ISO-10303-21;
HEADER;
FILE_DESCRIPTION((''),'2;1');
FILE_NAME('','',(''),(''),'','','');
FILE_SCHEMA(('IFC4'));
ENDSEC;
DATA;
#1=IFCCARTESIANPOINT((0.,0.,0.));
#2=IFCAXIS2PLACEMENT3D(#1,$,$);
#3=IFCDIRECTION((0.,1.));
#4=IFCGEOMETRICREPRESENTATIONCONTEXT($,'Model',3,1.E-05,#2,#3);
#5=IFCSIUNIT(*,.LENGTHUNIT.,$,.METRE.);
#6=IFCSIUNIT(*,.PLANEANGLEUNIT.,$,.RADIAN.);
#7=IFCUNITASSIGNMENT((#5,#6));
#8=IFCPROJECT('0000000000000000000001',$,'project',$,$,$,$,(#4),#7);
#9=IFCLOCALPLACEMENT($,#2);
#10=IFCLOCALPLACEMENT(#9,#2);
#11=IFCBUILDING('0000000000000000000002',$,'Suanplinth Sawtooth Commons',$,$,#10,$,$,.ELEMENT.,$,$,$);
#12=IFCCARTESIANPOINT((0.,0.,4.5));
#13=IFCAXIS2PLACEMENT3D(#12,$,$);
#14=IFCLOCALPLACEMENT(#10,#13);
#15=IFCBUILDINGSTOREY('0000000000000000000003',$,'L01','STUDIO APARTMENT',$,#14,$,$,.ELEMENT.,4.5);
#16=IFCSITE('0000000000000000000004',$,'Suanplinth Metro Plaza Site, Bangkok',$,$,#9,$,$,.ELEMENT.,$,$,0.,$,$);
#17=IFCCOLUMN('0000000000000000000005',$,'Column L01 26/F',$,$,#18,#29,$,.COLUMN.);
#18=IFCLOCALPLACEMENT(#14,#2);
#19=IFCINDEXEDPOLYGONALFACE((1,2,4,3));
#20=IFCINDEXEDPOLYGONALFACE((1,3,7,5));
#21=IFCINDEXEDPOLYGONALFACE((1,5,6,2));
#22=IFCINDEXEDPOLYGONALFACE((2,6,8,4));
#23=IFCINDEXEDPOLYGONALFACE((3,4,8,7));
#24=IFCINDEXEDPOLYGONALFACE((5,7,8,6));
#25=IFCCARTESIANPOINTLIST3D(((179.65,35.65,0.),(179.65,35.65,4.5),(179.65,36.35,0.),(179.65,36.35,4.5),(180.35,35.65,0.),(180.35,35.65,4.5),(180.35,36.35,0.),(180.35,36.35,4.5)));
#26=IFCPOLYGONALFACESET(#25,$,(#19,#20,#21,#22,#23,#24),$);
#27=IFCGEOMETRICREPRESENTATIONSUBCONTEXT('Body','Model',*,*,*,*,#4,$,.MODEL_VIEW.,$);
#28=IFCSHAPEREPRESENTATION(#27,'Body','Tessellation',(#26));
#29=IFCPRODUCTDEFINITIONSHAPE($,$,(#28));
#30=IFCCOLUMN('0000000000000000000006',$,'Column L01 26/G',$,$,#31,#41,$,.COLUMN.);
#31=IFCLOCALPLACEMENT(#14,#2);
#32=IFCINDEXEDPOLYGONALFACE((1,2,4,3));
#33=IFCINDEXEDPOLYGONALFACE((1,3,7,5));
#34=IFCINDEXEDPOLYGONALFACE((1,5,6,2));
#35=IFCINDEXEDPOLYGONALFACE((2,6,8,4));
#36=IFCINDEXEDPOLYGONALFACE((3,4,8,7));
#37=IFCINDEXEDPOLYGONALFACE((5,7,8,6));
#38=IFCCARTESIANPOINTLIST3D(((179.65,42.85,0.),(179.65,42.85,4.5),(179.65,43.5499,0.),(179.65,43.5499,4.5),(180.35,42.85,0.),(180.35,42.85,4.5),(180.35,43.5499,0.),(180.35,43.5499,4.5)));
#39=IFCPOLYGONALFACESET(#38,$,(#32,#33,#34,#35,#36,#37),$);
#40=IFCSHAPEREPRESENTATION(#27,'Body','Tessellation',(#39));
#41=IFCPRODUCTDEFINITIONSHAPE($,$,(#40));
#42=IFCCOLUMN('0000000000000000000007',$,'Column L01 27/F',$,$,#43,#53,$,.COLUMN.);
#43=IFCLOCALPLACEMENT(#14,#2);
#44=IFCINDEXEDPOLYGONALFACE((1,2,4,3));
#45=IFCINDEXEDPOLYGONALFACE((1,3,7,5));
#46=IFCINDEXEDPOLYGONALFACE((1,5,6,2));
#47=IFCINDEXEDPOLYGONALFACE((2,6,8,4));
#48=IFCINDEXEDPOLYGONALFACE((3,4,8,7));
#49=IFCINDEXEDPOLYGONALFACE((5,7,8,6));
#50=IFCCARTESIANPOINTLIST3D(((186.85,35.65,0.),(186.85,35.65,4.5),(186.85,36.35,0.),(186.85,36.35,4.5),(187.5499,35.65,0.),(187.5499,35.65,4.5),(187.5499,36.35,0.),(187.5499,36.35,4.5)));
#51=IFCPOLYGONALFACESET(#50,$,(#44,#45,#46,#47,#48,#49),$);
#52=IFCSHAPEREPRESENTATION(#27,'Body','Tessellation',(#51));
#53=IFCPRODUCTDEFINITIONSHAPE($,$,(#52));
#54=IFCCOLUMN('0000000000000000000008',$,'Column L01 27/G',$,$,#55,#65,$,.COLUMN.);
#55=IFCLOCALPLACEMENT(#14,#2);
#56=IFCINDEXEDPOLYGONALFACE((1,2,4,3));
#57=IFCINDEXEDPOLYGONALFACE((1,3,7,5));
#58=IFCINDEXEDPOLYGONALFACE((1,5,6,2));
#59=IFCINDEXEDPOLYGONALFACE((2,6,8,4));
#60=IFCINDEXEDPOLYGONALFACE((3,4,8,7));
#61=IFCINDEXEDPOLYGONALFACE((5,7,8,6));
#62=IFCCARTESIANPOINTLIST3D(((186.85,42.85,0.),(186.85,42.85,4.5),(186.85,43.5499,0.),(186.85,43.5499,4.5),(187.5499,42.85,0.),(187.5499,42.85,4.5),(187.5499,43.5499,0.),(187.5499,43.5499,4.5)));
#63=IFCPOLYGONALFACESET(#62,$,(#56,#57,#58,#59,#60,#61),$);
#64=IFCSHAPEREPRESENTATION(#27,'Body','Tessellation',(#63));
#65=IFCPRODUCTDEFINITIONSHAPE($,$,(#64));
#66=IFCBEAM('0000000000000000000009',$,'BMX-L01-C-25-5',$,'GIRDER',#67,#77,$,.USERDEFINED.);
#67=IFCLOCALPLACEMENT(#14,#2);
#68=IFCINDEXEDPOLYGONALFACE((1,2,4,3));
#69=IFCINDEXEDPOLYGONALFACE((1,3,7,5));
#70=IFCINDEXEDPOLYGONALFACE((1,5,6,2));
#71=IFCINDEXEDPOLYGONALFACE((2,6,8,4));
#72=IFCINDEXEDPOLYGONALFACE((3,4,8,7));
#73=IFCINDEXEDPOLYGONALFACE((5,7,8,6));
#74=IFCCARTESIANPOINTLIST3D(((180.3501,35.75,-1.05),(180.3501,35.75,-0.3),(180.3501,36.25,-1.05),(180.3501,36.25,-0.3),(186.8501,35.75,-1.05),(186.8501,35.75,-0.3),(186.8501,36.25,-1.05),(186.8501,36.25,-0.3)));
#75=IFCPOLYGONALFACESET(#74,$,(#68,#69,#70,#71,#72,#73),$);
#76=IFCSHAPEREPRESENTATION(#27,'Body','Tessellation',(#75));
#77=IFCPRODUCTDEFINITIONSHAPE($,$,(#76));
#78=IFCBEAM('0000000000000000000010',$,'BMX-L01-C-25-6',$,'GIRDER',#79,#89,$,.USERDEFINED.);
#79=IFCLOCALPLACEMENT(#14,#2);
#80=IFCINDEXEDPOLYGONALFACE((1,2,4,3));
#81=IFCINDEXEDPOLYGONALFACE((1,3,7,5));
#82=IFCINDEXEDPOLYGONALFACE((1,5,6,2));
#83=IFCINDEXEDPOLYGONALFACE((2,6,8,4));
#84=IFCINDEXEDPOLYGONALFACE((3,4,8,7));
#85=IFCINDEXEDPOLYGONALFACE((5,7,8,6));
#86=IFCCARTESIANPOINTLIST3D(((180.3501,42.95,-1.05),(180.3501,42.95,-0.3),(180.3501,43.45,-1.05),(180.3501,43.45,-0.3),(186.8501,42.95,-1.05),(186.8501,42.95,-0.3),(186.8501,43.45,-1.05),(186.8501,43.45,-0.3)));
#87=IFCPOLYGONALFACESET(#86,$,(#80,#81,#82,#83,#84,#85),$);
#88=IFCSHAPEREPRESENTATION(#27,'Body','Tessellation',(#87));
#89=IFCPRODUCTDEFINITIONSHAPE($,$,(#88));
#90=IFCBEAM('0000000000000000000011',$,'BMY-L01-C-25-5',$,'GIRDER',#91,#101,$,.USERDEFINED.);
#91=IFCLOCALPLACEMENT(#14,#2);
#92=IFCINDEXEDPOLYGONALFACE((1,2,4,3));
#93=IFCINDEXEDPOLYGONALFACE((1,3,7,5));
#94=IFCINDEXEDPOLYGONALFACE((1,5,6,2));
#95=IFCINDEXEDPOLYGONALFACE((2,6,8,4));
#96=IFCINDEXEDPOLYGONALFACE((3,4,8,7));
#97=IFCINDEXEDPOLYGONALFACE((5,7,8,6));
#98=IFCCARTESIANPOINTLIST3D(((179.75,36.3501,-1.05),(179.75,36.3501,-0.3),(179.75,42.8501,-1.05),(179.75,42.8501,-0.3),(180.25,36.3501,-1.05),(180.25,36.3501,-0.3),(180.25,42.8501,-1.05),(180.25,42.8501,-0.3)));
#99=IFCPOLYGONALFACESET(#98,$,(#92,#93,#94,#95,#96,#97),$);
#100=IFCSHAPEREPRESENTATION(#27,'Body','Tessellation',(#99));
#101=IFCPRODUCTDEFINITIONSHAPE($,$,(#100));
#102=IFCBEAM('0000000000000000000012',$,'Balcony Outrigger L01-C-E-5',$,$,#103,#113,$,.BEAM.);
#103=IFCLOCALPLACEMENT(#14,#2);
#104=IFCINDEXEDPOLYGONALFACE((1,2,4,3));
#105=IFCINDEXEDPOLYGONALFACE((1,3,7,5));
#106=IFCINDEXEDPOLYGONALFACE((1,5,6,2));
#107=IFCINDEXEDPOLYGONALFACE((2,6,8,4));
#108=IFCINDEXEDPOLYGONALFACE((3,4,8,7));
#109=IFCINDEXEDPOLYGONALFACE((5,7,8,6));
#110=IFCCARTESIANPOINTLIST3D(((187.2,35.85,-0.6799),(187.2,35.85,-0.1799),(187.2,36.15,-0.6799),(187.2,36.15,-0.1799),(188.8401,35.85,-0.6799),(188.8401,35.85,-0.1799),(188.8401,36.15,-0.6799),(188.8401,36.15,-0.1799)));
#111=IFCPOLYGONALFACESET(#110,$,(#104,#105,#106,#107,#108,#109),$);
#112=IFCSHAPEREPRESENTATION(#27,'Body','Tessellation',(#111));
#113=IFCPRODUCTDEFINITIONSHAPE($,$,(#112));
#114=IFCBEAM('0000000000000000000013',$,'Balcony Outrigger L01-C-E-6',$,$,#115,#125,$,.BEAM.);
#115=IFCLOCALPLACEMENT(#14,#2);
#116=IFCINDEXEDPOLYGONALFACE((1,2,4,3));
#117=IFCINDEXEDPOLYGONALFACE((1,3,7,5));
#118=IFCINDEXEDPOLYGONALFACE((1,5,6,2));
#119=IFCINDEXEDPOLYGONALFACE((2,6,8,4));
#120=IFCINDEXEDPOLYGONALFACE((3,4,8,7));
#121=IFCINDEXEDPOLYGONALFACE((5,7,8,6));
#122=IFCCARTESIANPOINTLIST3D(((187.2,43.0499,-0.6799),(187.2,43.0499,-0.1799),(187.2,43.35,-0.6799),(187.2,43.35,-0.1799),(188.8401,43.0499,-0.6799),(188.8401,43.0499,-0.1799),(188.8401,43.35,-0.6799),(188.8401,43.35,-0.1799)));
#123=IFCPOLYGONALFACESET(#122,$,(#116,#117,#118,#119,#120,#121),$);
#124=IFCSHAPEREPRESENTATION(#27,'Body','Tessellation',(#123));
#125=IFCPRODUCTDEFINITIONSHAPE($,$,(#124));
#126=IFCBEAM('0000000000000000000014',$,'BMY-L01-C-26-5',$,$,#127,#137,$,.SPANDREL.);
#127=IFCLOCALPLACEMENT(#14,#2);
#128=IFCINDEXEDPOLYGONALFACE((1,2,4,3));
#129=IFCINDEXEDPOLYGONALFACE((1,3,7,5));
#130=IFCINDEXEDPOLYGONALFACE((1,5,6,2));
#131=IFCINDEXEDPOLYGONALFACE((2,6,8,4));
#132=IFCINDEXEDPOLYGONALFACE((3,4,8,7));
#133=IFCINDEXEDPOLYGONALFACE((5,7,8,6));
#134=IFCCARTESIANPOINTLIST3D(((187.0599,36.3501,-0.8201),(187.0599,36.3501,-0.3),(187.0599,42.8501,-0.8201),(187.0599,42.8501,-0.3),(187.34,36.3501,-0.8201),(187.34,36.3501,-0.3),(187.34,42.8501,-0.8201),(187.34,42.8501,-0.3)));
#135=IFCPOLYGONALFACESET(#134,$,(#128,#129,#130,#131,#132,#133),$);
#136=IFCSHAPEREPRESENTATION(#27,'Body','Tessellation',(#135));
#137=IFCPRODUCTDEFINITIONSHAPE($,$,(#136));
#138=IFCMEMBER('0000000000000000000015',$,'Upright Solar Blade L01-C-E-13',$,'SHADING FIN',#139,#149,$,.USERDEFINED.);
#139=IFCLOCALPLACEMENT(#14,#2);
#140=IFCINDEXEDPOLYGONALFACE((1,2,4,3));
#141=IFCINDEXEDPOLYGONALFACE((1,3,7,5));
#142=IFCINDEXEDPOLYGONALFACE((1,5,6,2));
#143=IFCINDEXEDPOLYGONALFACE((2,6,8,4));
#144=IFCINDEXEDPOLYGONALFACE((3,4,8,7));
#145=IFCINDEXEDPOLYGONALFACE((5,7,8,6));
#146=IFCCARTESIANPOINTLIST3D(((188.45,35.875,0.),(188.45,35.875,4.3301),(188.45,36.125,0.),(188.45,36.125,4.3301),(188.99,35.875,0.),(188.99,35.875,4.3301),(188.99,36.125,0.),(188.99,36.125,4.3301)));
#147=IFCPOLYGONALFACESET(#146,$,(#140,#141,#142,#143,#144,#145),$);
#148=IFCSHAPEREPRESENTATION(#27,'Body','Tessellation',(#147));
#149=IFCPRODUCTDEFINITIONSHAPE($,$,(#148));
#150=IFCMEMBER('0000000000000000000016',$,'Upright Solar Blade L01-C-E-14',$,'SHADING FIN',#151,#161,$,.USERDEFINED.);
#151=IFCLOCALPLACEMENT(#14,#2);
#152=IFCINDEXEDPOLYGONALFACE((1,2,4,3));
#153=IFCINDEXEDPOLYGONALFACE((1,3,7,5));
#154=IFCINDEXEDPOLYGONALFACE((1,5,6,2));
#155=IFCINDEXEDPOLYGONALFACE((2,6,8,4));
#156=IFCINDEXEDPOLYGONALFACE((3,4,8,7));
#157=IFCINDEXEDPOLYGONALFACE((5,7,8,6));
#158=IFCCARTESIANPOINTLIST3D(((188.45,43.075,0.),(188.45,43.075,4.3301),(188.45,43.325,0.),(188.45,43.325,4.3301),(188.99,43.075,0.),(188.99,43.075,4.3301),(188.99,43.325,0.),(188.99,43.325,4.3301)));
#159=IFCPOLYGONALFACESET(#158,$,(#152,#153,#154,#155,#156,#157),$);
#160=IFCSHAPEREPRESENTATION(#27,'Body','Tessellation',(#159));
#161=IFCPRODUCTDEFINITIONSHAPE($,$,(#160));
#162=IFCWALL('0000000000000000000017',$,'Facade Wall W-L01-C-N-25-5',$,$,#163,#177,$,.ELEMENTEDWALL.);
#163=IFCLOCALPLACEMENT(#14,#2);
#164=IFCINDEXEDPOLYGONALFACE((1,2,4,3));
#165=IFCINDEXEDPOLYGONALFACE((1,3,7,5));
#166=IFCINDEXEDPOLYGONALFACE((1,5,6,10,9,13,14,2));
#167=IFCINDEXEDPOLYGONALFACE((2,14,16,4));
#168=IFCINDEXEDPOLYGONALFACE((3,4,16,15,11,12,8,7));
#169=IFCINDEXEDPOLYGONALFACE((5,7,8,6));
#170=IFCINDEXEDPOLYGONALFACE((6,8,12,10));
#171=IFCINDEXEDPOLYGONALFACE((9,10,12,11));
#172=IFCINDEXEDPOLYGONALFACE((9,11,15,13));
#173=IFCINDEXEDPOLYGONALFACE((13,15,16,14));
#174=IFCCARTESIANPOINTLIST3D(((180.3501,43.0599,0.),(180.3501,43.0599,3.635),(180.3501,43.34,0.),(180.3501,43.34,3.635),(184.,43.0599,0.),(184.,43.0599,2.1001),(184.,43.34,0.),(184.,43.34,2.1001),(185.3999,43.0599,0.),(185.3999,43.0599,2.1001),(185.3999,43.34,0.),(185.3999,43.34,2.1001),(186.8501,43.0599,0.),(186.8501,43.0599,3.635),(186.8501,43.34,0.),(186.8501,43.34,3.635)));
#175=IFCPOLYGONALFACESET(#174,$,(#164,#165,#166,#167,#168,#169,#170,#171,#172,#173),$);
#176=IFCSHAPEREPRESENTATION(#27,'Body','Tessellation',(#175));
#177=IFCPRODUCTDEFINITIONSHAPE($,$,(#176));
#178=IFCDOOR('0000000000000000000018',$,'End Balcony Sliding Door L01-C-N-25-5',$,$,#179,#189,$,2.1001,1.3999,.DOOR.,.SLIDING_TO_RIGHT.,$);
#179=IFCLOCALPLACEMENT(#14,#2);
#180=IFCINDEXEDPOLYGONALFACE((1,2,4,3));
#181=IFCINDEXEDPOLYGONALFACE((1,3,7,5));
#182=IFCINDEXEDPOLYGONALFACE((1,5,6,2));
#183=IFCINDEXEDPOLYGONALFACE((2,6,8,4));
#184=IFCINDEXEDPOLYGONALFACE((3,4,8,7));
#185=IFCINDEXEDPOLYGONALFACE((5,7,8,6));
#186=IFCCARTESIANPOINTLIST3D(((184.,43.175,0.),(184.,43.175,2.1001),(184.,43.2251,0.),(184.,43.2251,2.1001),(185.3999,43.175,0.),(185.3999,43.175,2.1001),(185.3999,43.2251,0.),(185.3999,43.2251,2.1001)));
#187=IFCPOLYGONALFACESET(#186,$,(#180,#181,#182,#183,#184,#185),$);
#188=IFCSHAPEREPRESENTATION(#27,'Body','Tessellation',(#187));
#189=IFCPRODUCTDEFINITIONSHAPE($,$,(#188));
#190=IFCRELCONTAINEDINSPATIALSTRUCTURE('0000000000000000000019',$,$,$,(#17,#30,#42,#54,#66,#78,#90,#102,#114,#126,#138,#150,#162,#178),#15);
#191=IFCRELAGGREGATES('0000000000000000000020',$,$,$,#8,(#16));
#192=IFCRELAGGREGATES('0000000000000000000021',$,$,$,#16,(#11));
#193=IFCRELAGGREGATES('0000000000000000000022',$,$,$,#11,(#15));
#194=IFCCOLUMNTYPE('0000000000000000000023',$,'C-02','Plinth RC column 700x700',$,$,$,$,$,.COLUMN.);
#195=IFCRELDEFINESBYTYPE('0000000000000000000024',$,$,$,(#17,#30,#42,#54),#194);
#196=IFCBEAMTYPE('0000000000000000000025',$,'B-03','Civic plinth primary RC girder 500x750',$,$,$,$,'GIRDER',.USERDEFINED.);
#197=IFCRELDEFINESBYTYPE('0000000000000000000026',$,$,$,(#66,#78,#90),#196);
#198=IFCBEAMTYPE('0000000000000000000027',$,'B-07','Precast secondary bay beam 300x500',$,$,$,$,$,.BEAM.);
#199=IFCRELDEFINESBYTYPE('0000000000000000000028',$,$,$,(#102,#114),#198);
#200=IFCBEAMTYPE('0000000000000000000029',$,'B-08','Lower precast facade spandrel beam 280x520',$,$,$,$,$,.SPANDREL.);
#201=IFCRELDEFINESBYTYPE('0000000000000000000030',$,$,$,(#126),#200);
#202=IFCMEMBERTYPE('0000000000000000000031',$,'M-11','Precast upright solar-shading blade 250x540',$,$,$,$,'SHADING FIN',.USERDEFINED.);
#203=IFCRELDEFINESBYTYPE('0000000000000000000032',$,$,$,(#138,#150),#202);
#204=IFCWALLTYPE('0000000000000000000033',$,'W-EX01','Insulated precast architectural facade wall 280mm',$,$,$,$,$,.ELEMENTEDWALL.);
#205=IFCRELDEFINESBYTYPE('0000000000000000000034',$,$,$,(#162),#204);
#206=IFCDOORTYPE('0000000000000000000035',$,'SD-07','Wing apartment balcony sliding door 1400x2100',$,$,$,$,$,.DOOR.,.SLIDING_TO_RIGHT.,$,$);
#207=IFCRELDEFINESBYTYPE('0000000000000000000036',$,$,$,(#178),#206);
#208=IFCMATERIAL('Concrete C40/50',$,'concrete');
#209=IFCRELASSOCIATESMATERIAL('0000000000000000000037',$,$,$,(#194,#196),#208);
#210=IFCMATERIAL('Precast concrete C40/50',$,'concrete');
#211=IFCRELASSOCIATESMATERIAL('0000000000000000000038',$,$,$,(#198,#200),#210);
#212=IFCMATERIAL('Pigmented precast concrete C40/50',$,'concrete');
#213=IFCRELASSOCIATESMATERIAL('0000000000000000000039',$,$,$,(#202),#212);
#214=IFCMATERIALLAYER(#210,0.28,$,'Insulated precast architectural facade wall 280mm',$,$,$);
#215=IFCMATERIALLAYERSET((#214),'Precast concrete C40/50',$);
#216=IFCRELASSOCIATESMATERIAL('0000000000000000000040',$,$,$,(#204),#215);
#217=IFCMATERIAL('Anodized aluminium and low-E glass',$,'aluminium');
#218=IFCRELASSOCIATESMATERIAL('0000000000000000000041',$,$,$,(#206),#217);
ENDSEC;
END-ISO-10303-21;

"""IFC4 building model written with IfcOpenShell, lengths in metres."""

from ifc_helpers import new_model, si_unit, direction, frame, frame_2d, origin, origin_2d, place, context, subcontext, project, spatial, rectangle, extrude, material, layer, layer_set, material_profile, profile_set, type_object, element, fill, save


model = new_model("IFC4")

# Units and contexts
model_context = context("Model", 3, precision=1e-05, world=origin(), true_north=direction((0.0, 1.0)))
body_context = subcontext(model_context, "Body", "Model", "MODEL_VIEW")
ifc_project = project(units=[si_unit("LENGTHUNIT", "METRE"), si_unit("PLANEANGLEUNIT", "RADIAN")], contexts=[model_context])

# Site, building, storey
site_placement = place(None, origin())
site = spatial("IfcSite", under=ifc_project, at=site_placement, Name="Suanplinth Metro Plaza Site, Bangkok", CompositionType="ELEMENT", RefElevation=0.0)
building_placement = place(site_placement, origin())
building = spatial("IfcBuilding", under=site, at=building_placement, Name="Suanplinth Sawtooth Commons", CompositionType="ELEMENT")
storey_placement = place(building_placement, frame((0.0, 0.0, 4.5)))
storey = spatial("IfcBuildingStorey", under=building, at=storey_placement, Name="L01", Description="STUDIO APARTMENT", CompositionType="ELEMENT", Elevation=4.5)

# Columns
ifc_material_1 = material(Name="Concrete C40/50", Category="concrete")
ifc_material_profile_1 = material_profile(ifc_material_1, rectangle(XDim=0.7, YDim=0.7, at=origin_2d()), Name="RC-COL 700x700")
ifc_profile_set_1 = profile_set([ifc_material_profile_1], Name="Concrete C40/50")
column_type = type_object("IfcColumnType", Name="C-02", Description="Plinth RC column 700x700", PredefinedType="COLUMN", material=ifc_profile_set_1)
for number, where, z_axis, x_axis, name in (
    (1, (180.0, 36.0, 0.0), (0.0, 0.0, 1.0), (1.0, 0.0, 0.0), "Column L01 26/F"),
    (2, (180.0, 43.2, 0.0), (0.0, 0.0, 1.0), (1.0, 0.0, 0.0), "Column L01 26/G"),
    (3, (187.2, 36.0, 0.0), (0.0, 0.0, 1.0), (1.0, 0.0, 0.0), "Column L01 27/F"),
    (4, (187.2, 43.2, 0.0), (0.0, 0.0, 1.0), (1.0, 0.0, 0.0), "Column L01 27/G"),
):
    element("IfcColumn", number, at=place(storey_placement, frame(where, z_axis=z_axis, x_axis=x_axis)), inside=storey, type_object=column_type, Name=name, PredefinedType="COLUMN", context=body_context, shape_type="SweptSolid", body=[
        extrude(rectangle(XDim=0.7, YDim=0.7, at=origin_2d()), origin(), (0.0, 0.0, 1.0), 4.5),
    ])

# Beams
ifc_material_profile_2 = material_profile(ifc_material_1, rectangle(XDim=0.5, YDim=0.75, at=origin_2d()), Name="RC-GDR 500x750")
ifc_profile_set_2 = profile_set([ifc_material_profile_2], Name="Concrete C40/50")
beam_type_1 = type_object("IfcBeamType", Name="B-03", Description="Civic plinth primary RC girder 500x750", ElementType="GIRDER", PredefinedType="USERDEFINED", material=ifc_profile_set_2)
for number, where, z_axis, x_axis, name in (
    (5, (180.3501, 36.0, -0.675), (1.0, 0.0, 0.0), (0.0, 1.0, 0.0), "BMX-L01-C-25-5"),
    (6, (180.3501, 43.2, -0.675), (1.0, 0.0, 0.0), (0.0, 1.0, 0.0), "BMX-L01-C-25-6"),
    (7, (180.0, 36.3501, -0.675), (0.0, 1.0, 0.0), (-1.0, 0.0, 0.0), "BMY-L01-C-25-5"),
):
    element("IfcBeam", number, at=place(storey_placement, frame(where, z_axis=z_axis, x_axis=x_axis)), inside=storey, type_object=beam_type_1, Name=name, ObjectType="GIRDER", PredefinedType="USERDEFINED", context=body_context, shape_type="SweptSolid", body=[
        extrude(rectangle(XDim=0.5, YDim=0.75, at=origin_2d()), origin(), (0.0, 0.0, 1.0), 6.5),
    ])
ifc_material_2 = material(Name="Precast concrete C40/50", Category="concrete")
ifc_material_profile_3 = material_profile(ifc_material_2, rectangle(XDim=0.3, YDim=0.5, at=origin_2d()), Name="PC-BM 300x500")
ifc_profile_set_3 = profile_set([ifc_material_profile_3], Name="Precast concrete C40/50")
beam_type_2 = type_object("IfcBeamType", Name="B-07", Description="Precast secondary bay beam 300x500", PredefinedType="BEAM", material=ifc_profile_set_3)
for number, where, z_axis, x_axis, name in (
    (8, (187.2, 36.0, -0.4299), (1.0, 0.0, 0.0), (0.0, 1.0, 0.0), "Balcony Outrigger L01-C-E-5"),
    (9, (187.2, 43.2, -0.4299), (1.0, 0.0, 0.0), (0.0, 1.0, 0.0), "Balcony Outrigger L01-C-E-6"),
):
    element("IfcBeam", number, at=place(storey_placement, frame(where, z_axis=z_axis, x_axis=x_axis)), inside=storey, type_object=beam_type_2, Name=name, PredefinedType="BEAM", context=body_context, shape_type="SweptSolid", body=[
        extrude(rectangle(XDim=0.3, YDim=0.5, at=origin_2d()), origin(), (0.0, 0.0, 1.0), 1.6401),
    ])
ifc_material_profile_4 = material_profile(ifc_material_2, rectangle(XDim=0.28, YDim=0.52, at=origin_2d()), Name="PC-SP 280x520")
ifc_profile_set_4 = profile_set([ifc_material_profile_4], Name="Precast concrete C40/50")
beam_type_3 = type_object("IfcBeamType", Name="B-08", Description="Lower precast facade spandrel beam 280x520", PredefinedType="SPANDREL", material=ifc_profile_set_4)
beam_placement = place(storey_placement, frame((187.2, 36.3501, -0.5601), z_axis=(0.0, 1.0, 0.0), x_axis=(-1.0, 0.0, 0.0)))
element("IfcBeam", 10, at=beam_placement, inside=storey, type_object=beam_type_3, Name="BMY-L01-C-26-5", PredefinedType="SPANDREL", context=body_context, shape_type="SweptSolid", body=[
    extrude(rectangle(XDim=0.28, YDim=0.52, at=origin_2d()), origin(), (0.0, 0.0, 1.0), 6.5),
])

# Members
ifc_material_3 = material(Name="Pigmented precast concrete C40/50", Category="concrete")
ifc_material_profile_5 = material_profile(ifc_material_3, rectangle(XDim=0.25, YDim=0.54, at=origin_2d()), Name="PC-FIN 250x540")
ifc_profile_set_5 = profile_set([ifc_material_profile_5], Name="Pigmented precast concrete C40/50")
member_type = type_object("IfcMemberType", Name="M-11", Description="Precast upright solar-shading blade 250x540", ElementType="SHADING FIN", PredefinedType="USERDEFINED", material=ifc_profile_set_5)
for number, where, z_axis, x_axis, name in (
    (11, (188.72, 36.0, 0.0), (0.0, 0.0, 1.0), (0.0, 1.0, 0.0), "Upright Solar Blade L01-C-E-13"),
    (12, (188.72, 43.2, 0.0), (0.0, 0.0, 1.0), (0.0, 1.0, 0.0), "Upright Solar Blade L01-C-E-14"),
):
    element("IfcMember", number, at=place(storey_placement, frame(where, z_axis=z_axis, x_axis=x_axis)), inside=storey, type_object=member_type, Name=name, ObjectType="SHADING FIN", PredefinedType="USERDEFINED", context=body_context, shape_type="SweptSolid", body=[
        extrude(rectangle(XDim=0.25, YDim=0.54, at=origin_2d()), origin(), (0.0, 0.0, 1.0), 4.3301),
    ])

# Wall, opening, door
ifc_layer_1 = layer(ifc_material_2, 0.28, Name="Insulated precast architectural facade wall 280mm")
ifc_layer_set_1 = layer_set([ifc_layer_1], Name="Precast concrete C40/50")
wall_type_1 = type_object("IfcWallType", Name="W-EX01", Description="Insulated precast architectural facade wall 280mm", PredefinedType="ELEMENTEDWALL", material=ifc_layer_set_1)
wall_1_placement = place(storey_placement, frame((180.3501, 43.2, 0.0), z_axis=(0.0, 0.0, 1.0), x_axis=(1.0, 0.0, 0.0)))
wall_1 = element("IfcWall", 13, at=wall_1_placement, inside=storey, type_object=wall_type_1, Name="Facade Wall W-L01-C-N-25-5", PredefinedType="ELEMENTEDWALL", context=body_context, shape_type="SweptSolid", body=[
    extrude(rectangle(XDim=6.5, YDim=0.28, at=frame_2d((3.25, 0.0))), origin(), (0.0, 0.0, 1.0), 3.635),
])
opening_1_placement = place(wall_1_placement, frame((3.6499, 0.0, 0.0)))
opening_1 = element("IfcOpeningElement", 14, at=opening_1_placement, cuts=wall_1, PredefinedType="OPENING", context=body_context, shape_type="SweptSolid", body=[
    extrude(rectangle(XDim=1.3999, YDim=2.1001, at=frame_2d((0.7, 1.05))), frame((0.0, 0.1548, 0.0), z_axis=(0.0, -1.0, 0.0), x_axis=(1.0, 0.0, 0.0)), (0.0, 0.0, 1.0), 0.3098),
])
ifc_material_4 = material(Name="Anodized aluminium and low-E glass", Category="aluminium")
door_type_1 = type_object("IfcDoorType", Name="SD-07", Description="Wing apartment balcony sliding door 1400x2100", OperationType="SLIDING_TO_RIGHT", PredefinedType="DOOR", material=ifc_material_4)
door_1_placement = place(opening_1_placement, frame((1.3999, 0.0, 0.0), z_axis=(0.0, 0.0, 1.0), x_axis=(-1.0, 0.0, 0.0)))
door_1 = element("IfcDoor", 15, at=door_1_placement, inside=storey, type_object=door_type_1, Name="End Balcony Sliding Door L01-C-N-25-5", OperationType="SLIDING_TO_RIGHT", OverallHeight=2.1001, OverallWidth=1.3999, PredefinedType="DOOR", context=body_context, shape_type="SweptSolid", body=[
    extrude(rectangle(XDim=1.3999, YDim=2.1001, at=frame_2d((0.7, 1.05))), frame((0.0, 0.0249, 0.0), z_axis=(0.0, -1.0, 0.0), x_axis=(1.0, 0.0, 0.0)), (0.0, 0.0, 1.0), 0.05),
])
fill(opening_1, door_1)

save(model, "model.ifc")
